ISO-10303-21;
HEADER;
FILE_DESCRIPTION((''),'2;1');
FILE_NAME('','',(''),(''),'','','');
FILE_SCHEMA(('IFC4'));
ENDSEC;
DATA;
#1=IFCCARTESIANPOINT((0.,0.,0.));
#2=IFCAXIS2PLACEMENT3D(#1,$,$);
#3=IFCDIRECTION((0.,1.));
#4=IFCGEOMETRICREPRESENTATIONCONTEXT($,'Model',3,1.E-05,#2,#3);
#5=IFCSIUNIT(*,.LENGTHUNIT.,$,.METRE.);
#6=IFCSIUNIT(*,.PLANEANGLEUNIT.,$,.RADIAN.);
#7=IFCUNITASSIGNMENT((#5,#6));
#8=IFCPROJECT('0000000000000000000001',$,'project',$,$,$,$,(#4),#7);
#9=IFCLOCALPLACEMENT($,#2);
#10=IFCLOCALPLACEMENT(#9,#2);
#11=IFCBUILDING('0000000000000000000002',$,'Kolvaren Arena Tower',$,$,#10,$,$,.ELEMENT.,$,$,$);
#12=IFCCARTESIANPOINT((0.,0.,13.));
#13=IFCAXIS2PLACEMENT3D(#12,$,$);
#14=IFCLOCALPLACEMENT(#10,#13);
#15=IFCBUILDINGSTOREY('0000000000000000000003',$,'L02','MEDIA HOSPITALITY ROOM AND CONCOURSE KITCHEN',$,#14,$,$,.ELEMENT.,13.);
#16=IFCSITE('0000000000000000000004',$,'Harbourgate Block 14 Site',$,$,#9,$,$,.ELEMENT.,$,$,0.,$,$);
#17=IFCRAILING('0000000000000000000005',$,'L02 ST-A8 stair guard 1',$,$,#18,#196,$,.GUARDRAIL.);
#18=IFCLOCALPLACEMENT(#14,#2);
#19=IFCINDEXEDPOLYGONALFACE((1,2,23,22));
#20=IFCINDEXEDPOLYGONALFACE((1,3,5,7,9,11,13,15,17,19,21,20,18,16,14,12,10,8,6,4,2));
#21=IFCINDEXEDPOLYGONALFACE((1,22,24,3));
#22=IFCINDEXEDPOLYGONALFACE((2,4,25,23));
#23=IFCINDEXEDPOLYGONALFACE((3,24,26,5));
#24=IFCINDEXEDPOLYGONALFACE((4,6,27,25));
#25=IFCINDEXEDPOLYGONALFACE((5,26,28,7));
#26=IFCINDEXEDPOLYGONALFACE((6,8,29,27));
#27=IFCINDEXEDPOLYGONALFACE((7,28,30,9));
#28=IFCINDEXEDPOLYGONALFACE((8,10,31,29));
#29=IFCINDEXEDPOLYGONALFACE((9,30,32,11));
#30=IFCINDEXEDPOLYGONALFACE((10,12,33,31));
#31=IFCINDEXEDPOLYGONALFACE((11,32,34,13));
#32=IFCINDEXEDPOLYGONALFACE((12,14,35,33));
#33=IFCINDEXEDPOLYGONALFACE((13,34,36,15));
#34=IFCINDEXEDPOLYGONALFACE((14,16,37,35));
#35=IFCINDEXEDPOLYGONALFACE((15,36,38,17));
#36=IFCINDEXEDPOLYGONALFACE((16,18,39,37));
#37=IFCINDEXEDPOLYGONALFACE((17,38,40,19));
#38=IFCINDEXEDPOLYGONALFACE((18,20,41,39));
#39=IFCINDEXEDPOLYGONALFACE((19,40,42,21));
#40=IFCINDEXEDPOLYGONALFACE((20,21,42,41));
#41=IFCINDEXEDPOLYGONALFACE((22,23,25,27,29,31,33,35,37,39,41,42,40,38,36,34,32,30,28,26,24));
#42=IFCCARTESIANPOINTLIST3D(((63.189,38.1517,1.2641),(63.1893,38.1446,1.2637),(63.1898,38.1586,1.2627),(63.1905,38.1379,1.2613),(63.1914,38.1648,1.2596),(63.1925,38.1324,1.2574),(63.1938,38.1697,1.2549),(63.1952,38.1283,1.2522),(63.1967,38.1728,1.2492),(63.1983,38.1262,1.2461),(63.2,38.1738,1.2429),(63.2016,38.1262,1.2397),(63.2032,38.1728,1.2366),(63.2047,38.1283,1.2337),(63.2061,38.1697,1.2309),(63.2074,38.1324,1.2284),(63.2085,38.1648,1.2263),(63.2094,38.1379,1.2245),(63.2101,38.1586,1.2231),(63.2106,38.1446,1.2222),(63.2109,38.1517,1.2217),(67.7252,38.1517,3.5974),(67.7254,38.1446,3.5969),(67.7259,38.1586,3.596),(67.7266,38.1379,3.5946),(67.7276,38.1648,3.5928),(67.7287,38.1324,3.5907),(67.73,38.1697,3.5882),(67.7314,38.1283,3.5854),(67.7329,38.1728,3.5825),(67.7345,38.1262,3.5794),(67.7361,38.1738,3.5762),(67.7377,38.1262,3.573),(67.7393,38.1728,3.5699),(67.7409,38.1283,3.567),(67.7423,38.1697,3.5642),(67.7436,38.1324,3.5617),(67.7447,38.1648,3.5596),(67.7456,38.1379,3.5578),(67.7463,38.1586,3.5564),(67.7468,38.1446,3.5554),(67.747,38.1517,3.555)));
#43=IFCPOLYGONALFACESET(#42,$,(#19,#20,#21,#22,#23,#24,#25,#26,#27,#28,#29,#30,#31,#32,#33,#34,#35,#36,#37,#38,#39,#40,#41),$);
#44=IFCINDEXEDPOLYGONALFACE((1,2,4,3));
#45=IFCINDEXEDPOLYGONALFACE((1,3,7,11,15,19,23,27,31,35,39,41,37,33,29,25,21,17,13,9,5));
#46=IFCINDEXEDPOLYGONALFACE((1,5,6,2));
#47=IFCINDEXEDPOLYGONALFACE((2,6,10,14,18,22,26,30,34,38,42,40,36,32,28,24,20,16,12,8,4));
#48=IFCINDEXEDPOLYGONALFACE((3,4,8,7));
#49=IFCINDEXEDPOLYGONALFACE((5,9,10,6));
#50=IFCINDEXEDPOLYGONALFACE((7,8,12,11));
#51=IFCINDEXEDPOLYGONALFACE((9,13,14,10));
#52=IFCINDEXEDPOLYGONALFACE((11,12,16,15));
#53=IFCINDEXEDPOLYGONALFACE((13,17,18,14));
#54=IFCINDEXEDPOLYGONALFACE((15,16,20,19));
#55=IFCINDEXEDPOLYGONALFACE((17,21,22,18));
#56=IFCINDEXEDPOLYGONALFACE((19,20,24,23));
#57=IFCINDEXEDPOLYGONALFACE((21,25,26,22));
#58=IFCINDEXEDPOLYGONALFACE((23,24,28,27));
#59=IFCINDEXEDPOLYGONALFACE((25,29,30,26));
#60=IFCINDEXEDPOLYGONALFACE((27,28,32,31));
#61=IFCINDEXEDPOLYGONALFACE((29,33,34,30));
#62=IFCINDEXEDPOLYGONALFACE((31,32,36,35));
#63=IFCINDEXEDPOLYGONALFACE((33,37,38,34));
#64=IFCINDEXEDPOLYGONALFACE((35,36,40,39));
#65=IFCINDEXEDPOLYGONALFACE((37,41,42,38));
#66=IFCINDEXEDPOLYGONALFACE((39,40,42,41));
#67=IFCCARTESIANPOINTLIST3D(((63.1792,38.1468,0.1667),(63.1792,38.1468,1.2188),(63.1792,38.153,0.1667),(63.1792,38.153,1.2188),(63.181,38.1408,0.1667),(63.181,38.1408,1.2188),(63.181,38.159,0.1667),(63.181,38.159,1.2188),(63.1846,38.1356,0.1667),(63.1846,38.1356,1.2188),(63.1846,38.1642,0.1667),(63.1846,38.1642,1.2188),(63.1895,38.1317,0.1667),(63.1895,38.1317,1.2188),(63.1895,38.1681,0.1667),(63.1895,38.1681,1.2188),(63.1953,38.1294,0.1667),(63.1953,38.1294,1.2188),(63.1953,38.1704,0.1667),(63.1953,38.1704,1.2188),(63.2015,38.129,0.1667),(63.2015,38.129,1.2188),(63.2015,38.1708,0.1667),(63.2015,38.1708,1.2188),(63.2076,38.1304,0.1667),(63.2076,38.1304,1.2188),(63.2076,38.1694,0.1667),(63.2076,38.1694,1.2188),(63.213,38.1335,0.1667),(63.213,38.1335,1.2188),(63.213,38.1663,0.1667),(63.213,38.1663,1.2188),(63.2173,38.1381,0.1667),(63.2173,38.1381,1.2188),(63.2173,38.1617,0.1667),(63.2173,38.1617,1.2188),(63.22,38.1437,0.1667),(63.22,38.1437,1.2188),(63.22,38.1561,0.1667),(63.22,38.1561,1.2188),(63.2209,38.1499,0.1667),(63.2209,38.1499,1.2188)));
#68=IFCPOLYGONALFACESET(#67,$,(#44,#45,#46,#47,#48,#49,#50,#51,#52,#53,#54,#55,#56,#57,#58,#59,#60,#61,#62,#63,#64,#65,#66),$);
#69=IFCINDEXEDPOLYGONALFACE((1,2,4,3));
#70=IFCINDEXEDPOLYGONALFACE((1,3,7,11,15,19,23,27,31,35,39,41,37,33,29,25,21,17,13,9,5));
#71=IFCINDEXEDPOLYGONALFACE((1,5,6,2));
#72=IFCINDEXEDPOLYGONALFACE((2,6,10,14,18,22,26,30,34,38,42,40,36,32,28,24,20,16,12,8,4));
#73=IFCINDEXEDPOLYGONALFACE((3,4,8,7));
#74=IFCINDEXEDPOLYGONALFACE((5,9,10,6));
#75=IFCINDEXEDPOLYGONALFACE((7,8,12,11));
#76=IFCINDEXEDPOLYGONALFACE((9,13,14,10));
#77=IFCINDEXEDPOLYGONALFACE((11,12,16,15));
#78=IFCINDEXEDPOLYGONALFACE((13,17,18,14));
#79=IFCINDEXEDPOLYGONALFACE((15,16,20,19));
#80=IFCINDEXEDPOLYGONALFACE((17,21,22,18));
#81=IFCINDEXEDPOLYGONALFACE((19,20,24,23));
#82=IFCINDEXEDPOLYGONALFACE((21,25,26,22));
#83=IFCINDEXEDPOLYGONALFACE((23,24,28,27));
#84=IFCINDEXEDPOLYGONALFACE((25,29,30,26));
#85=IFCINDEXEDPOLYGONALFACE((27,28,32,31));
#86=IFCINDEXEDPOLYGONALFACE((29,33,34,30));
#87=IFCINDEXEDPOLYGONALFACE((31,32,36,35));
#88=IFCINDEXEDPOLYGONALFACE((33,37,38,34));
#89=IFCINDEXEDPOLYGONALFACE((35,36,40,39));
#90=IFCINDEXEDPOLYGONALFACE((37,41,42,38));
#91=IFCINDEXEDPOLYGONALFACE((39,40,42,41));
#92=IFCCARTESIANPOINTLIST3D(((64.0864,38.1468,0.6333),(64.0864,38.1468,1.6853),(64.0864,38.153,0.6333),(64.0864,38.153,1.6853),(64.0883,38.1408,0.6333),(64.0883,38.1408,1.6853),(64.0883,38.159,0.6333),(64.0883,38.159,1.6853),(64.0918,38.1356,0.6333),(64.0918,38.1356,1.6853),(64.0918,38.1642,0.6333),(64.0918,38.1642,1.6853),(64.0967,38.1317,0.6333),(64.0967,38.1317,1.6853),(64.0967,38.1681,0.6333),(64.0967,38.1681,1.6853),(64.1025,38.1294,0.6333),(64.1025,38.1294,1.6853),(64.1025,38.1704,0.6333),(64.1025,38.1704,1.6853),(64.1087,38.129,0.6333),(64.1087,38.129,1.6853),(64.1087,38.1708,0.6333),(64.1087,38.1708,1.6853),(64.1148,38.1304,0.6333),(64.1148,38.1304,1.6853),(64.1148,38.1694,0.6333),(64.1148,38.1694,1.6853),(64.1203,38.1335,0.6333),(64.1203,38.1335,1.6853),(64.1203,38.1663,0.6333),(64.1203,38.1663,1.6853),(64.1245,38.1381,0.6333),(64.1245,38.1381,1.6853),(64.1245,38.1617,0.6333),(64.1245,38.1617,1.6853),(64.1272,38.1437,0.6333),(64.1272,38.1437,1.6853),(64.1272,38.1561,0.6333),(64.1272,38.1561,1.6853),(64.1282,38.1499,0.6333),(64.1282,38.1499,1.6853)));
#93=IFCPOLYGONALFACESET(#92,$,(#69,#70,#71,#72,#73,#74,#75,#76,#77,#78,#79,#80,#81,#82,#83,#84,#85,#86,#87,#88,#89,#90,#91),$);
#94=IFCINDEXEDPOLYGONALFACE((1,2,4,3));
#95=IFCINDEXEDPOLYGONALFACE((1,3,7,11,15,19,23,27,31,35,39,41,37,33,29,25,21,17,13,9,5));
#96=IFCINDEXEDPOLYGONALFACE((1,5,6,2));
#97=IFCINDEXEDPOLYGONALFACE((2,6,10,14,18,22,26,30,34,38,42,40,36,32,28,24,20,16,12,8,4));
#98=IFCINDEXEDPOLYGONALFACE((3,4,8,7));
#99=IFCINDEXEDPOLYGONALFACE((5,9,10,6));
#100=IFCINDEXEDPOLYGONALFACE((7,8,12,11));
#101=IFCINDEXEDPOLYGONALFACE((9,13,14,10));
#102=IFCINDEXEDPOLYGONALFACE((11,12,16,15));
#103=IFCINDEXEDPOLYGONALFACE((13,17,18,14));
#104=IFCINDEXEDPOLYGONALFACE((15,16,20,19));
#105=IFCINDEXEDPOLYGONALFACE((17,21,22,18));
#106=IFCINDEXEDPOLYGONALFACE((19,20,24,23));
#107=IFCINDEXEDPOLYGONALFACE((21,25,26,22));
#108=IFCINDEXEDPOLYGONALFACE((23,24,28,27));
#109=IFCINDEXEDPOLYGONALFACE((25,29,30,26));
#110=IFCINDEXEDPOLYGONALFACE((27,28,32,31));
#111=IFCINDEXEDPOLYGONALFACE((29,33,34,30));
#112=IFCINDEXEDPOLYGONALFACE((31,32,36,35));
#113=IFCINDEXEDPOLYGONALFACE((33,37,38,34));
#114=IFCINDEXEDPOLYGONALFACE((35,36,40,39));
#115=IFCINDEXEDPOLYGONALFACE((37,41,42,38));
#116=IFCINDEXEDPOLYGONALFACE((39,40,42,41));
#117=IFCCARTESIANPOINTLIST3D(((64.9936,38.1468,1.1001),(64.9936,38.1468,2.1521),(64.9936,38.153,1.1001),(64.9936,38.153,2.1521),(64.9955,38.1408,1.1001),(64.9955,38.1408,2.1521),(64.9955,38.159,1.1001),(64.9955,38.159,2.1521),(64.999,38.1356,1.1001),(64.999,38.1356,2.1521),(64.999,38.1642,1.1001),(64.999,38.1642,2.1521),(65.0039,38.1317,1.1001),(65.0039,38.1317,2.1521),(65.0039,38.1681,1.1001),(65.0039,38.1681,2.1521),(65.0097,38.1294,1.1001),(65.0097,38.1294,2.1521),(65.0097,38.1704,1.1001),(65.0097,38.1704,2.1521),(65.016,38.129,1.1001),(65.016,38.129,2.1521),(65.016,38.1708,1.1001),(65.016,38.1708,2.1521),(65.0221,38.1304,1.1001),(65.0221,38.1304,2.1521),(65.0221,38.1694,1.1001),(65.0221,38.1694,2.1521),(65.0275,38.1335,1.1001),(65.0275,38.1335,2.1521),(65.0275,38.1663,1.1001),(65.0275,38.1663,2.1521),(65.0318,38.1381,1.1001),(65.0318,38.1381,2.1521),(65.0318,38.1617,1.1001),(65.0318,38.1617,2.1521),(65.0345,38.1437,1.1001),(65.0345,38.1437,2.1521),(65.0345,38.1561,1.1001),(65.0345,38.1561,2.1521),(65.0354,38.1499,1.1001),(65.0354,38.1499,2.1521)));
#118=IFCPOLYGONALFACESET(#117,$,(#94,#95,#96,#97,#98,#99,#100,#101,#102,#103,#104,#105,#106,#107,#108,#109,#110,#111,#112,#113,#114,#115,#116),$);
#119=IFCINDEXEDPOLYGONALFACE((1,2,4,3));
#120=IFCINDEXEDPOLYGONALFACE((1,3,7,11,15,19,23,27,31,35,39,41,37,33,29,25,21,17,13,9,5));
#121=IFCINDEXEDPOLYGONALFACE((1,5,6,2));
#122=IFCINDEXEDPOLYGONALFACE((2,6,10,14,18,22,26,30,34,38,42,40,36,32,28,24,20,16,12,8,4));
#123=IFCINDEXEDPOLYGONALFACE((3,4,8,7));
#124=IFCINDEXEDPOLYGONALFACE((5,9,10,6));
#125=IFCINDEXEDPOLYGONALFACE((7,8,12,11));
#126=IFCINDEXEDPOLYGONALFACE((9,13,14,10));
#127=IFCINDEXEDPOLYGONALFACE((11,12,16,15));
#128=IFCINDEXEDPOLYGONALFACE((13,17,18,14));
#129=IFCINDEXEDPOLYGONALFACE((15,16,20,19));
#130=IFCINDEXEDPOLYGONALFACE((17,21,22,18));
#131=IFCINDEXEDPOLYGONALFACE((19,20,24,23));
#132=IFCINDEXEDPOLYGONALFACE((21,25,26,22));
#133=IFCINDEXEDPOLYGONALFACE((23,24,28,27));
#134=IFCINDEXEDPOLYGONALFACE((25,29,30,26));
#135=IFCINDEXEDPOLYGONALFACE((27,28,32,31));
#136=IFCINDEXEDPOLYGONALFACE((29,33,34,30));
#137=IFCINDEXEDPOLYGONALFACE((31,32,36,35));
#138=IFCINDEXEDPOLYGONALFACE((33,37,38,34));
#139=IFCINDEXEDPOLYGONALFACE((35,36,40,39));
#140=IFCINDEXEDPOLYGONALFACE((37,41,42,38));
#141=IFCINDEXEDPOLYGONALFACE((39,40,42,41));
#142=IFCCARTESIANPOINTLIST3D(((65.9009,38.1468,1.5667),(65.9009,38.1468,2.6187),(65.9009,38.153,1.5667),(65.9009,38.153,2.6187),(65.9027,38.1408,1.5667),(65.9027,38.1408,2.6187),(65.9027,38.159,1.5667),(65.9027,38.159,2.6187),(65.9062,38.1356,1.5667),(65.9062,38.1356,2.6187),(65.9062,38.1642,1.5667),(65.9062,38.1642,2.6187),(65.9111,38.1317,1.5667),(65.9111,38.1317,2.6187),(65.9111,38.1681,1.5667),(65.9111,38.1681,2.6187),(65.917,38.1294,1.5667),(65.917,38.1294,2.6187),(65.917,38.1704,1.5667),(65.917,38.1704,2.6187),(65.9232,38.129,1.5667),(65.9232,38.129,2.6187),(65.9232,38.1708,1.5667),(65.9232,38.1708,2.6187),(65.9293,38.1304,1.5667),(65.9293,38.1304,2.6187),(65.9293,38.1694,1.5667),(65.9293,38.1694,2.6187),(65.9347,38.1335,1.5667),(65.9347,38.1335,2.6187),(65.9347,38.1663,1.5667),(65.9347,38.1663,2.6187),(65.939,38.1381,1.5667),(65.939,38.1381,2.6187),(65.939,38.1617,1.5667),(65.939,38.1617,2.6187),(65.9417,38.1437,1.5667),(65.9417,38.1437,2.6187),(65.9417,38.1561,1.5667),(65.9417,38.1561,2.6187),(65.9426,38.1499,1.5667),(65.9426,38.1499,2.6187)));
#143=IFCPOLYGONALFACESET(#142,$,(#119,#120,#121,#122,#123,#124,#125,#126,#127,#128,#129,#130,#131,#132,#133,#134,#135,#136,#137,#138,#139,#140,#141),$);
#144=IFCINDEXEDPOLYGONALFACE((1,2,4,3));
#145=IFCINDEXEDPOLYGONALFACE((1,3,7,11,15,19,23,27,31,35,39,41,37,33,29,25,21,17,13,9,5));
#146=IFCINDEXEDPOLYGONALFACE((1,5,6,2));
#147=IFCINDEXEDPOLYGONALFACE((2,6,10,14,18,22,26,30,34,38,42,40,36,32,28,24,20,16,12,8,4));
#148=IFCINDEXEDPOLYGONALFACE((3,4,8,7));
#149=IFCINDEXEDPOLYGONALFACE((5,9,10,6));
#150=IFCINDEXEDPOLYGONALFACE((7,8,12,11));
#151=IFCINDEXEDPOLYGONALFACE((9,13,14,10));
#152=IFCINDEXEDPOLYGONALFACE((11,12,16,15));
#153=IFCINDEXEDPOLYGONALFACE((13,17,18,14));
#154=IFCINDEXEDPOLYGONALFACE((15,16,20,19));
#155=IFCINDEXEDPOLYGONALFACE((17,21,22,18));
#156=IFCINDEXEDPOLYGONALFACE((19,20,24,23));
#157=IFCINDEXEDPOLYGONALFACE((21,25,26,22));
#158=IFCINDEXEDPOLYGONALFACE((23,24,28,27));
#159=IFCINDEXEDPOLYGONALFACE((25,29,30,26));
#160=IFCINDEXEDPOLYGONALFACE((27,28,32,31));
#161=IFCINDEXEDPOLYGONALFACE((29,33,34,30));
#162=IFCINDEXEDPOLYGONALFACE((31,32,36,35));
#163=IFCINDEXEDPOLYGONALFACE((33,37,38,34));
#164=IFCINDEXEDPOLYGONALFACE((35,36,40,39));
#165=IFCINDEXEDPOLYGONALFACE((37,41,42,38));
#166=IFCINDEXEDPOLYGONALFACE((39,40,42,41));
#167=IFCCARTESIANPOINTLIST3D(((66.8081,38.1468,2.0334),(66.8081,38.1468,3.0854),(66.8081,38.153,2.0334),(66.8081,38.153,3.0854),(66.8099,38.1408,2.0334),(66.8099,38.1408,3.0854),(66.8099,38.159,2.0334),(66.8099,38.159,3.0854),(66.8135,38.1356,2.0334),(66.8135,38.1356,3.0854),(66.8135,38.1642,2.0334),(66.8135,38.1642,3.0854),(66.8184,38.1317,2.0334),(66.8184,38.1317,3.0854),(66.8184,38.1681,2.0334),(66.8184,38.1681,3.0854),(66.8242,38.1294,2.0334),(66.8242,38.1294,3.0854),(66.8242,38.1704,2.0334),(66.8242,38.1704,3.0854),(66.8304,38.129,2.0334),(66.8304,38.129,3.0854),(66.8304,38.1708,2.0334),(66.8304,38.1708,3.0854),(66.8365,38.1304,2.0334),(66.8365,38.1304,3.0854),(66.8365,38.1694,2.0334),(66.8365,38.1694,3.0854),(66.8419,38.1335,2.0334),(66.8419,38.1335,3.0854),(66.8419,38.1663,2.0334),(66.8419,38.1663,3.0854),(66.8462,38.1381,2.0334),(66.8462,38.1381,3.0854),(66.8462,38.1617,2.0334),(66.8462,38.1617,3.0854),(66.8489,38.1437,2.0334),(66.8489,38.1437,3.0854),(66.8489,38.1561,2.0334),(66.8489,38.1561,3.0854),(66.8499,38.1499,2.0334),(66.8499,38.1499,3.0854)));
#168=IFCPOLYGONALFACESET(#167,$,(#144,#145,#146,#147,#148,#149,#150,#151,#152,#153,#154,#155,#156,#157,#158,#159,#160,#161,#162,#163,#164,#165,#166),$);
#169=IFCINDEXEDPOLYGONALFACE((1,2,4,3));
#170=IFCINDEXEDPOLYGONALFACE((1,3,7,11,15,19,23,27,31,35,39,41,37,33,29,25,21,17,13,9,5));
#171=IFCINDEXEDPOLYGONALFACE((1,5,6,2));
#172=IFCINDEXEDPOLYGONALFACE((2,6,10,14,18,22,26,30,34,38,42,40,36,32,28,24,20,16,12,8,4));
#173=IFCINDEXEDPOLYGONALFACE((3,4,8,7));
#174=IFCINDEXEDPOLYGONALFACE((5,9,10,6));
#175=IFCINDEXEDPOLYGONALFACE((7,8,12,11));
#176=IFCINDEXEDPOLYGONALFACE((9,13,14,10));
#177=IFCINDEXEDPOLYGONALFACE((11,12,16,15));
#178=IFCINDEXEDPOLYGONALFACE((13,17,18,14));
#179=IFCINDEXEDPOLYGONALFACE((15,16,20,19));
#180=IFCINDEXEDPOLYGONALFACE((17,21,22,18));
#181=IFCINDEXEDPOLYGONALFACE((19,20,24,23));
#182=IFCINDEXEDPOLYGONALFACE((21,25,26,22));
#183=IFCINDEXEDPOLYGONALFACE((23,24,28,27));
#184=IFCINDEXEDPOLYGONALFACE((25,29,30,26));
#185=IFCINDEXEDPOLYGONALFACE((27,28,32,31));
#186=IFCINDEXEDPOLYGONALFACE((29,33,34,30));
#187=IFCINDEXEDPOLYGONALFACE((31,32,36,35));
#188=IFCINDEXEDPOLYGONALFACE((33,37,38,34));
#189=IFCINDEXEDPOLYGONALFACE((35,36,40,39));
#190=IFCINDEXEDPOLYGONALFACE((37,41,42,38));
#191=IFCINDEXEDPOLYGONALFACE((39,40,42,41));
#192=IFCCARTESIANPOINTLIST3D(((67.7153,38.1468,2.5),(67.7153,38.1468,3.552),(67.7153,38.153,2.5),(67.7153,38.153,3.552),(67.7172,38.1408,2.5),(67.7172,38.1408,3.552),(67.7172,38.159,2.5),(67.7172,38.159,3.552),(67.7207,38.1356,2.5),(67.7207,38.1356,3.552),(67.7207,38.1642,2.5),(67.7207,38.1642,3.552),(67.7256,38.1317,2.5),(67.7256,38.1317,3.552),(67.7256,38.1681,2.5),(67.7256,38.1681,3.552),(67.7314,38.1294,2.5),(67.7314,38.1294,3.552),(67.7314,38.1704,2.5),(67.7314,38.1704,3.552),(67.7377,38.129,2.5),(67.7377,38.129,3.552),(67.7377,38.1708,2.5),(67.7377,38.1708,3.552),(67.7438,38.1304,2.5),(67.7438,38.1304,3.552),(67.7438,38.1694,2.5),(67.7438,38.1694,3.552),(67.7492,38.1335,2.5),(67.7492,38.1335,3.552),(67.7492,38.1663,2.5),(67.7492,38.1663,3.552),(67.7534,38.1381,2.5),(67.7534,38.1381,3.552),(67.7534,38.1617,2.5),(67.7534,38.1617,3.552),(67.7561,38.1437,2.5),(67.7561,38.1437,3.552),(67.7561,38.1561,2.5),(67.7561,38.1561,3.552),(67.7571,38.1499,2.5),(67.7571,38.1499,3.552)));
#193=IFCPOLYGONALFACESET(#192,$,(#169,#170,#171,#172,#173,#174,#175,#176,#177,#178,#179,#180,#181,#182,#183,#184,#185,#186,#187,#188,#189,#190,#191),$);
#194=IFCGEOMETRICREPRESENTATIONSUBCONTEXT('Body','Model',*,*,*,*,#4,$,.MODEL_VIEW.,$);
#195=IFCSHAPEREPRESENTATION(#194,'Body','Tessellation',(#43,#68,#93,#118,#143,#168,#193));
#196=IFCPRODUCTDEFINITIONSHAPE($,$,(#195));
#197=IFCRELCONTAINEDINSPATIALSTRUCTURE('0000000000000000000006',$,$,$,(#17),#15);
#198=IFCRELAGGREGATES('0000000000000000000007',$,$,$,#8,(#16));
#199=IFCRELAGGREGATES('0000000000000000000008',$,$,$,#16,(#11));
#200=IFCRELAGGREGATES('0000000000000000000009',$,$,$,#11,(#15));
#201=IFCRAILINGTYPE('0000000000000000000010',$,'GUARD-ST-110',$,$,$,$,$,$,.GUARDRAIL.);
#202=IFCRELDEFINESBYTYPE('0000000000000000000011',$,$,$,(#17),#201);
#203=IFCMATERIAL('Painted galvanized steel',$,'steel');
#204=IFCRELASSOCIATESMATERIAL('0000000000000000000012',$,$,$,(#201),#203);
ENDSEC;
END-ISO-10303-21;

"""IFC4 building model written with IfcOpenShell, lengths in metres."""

from ifc_helpers import new_model, si_unit, direction, frame, origin, origin_2d, place, context, subcontext, project, spatial, circle, extrude, material, type_object, element, save


model = new_model("IFC4")

# Units and contexts
model_context = context("Model", 3, precision=1e-05, world=origin(), true_north=direction((0.0, 1.0)))
body_context = subcontext(model_context, "Body", "Model", "MODEL_VIEW")
ifc_project = project(units=[si_unit("LENGTHUNIT", "METRE"), si_unit("PLANEANGLEUNIT", "RADIAN")], contexts=[model_context])

# Site, building, storey
site_placement = place(None, origin())
site = spatial("IfcSite", under=ifc_project, at=site_placement, Name="Harbourgate Block 14 Site", CompositionType="ELEMENT", RefElevation=0.0)
building_placement = place(site_placement, origin())
building = spatial("IfcBuilding", under=site, at=building_placement, Name="Kolvaren Arena Tower", CompositionType="ELEMENT")
storey_placement = place(building_placement, frame((0.0, 0.0, 13.0)))
storey = spatial("IfcBuildingStorey", under=building, at=storey_placement, Name="L02", Description="MEDIA HOSPITALITY ROOM AND CONCOURSE KITCHEN", CompositionType="ELEMENT", Elevation=13.0)

# Railing
ifc_material_1 = material(Name="Painted galvanized steel", Category="steel")
railing_type_1 = type_object("IfcRailingType", Name="GUARD-ST-110", PredefinedType="GUARDRAIL", material=ifc_material_1)
railing_1_placement = place(storey_placement, frame((63.2, 38.1499, 0.1667)))
element("IfcRailing", 1, at=railing_1_placement, inside=storey, type_object=railing_type_1, Name="L02 ST-A8 stair guard 1", PredefinedType="GUARDRAIL", context=body_context, shape_type="SweptSolid", body=[
    extrude(circle(Radius=0.0239, at=origin_2d()), frame((0.0, 0.0, 1.0762), z_axis=(0.889257, 0.0, 0.457407), x_axis=(0.0, 1.0, 0.0)), (0.0, 0.0, 1.0), 5.1011),
    extrude(circle(Radius=0.021, at=origin_2d()), origin(), (0.0, 0.0, 1.0), 1.052),
    extrude(circle(Radius=0.021, at=origin_2d()), frame((0.9072, 0.0, 0.4666)), (0.0, 0.0, 1.0), 1.052),
    extrude(circle(Radius=0.021, at=origin_2d()), frame((1.8145, 0.0, 0.9333)), (0.0, 0.0, 1.0), 1.052),
    extrude(circle(Radius=0.021, at=origin_2d()), frame((2.7217, 0.0, 1.3999)), (0.0, 0.0, 1.0), 1.052),
    extrude(circle(Radius=0.021, at=origin_2d()), frame((3.6289, 0.0, 1.8667)), (0.0, 0.0, 1.0), 1.052),
    extrude(circle(Radius=0.021, at=origin_2d()), frame((4.5361, 0.0, 2.3333)), (0.0, 0.0, 1.0), 1.052),
])

save(model, "model.ifc")
